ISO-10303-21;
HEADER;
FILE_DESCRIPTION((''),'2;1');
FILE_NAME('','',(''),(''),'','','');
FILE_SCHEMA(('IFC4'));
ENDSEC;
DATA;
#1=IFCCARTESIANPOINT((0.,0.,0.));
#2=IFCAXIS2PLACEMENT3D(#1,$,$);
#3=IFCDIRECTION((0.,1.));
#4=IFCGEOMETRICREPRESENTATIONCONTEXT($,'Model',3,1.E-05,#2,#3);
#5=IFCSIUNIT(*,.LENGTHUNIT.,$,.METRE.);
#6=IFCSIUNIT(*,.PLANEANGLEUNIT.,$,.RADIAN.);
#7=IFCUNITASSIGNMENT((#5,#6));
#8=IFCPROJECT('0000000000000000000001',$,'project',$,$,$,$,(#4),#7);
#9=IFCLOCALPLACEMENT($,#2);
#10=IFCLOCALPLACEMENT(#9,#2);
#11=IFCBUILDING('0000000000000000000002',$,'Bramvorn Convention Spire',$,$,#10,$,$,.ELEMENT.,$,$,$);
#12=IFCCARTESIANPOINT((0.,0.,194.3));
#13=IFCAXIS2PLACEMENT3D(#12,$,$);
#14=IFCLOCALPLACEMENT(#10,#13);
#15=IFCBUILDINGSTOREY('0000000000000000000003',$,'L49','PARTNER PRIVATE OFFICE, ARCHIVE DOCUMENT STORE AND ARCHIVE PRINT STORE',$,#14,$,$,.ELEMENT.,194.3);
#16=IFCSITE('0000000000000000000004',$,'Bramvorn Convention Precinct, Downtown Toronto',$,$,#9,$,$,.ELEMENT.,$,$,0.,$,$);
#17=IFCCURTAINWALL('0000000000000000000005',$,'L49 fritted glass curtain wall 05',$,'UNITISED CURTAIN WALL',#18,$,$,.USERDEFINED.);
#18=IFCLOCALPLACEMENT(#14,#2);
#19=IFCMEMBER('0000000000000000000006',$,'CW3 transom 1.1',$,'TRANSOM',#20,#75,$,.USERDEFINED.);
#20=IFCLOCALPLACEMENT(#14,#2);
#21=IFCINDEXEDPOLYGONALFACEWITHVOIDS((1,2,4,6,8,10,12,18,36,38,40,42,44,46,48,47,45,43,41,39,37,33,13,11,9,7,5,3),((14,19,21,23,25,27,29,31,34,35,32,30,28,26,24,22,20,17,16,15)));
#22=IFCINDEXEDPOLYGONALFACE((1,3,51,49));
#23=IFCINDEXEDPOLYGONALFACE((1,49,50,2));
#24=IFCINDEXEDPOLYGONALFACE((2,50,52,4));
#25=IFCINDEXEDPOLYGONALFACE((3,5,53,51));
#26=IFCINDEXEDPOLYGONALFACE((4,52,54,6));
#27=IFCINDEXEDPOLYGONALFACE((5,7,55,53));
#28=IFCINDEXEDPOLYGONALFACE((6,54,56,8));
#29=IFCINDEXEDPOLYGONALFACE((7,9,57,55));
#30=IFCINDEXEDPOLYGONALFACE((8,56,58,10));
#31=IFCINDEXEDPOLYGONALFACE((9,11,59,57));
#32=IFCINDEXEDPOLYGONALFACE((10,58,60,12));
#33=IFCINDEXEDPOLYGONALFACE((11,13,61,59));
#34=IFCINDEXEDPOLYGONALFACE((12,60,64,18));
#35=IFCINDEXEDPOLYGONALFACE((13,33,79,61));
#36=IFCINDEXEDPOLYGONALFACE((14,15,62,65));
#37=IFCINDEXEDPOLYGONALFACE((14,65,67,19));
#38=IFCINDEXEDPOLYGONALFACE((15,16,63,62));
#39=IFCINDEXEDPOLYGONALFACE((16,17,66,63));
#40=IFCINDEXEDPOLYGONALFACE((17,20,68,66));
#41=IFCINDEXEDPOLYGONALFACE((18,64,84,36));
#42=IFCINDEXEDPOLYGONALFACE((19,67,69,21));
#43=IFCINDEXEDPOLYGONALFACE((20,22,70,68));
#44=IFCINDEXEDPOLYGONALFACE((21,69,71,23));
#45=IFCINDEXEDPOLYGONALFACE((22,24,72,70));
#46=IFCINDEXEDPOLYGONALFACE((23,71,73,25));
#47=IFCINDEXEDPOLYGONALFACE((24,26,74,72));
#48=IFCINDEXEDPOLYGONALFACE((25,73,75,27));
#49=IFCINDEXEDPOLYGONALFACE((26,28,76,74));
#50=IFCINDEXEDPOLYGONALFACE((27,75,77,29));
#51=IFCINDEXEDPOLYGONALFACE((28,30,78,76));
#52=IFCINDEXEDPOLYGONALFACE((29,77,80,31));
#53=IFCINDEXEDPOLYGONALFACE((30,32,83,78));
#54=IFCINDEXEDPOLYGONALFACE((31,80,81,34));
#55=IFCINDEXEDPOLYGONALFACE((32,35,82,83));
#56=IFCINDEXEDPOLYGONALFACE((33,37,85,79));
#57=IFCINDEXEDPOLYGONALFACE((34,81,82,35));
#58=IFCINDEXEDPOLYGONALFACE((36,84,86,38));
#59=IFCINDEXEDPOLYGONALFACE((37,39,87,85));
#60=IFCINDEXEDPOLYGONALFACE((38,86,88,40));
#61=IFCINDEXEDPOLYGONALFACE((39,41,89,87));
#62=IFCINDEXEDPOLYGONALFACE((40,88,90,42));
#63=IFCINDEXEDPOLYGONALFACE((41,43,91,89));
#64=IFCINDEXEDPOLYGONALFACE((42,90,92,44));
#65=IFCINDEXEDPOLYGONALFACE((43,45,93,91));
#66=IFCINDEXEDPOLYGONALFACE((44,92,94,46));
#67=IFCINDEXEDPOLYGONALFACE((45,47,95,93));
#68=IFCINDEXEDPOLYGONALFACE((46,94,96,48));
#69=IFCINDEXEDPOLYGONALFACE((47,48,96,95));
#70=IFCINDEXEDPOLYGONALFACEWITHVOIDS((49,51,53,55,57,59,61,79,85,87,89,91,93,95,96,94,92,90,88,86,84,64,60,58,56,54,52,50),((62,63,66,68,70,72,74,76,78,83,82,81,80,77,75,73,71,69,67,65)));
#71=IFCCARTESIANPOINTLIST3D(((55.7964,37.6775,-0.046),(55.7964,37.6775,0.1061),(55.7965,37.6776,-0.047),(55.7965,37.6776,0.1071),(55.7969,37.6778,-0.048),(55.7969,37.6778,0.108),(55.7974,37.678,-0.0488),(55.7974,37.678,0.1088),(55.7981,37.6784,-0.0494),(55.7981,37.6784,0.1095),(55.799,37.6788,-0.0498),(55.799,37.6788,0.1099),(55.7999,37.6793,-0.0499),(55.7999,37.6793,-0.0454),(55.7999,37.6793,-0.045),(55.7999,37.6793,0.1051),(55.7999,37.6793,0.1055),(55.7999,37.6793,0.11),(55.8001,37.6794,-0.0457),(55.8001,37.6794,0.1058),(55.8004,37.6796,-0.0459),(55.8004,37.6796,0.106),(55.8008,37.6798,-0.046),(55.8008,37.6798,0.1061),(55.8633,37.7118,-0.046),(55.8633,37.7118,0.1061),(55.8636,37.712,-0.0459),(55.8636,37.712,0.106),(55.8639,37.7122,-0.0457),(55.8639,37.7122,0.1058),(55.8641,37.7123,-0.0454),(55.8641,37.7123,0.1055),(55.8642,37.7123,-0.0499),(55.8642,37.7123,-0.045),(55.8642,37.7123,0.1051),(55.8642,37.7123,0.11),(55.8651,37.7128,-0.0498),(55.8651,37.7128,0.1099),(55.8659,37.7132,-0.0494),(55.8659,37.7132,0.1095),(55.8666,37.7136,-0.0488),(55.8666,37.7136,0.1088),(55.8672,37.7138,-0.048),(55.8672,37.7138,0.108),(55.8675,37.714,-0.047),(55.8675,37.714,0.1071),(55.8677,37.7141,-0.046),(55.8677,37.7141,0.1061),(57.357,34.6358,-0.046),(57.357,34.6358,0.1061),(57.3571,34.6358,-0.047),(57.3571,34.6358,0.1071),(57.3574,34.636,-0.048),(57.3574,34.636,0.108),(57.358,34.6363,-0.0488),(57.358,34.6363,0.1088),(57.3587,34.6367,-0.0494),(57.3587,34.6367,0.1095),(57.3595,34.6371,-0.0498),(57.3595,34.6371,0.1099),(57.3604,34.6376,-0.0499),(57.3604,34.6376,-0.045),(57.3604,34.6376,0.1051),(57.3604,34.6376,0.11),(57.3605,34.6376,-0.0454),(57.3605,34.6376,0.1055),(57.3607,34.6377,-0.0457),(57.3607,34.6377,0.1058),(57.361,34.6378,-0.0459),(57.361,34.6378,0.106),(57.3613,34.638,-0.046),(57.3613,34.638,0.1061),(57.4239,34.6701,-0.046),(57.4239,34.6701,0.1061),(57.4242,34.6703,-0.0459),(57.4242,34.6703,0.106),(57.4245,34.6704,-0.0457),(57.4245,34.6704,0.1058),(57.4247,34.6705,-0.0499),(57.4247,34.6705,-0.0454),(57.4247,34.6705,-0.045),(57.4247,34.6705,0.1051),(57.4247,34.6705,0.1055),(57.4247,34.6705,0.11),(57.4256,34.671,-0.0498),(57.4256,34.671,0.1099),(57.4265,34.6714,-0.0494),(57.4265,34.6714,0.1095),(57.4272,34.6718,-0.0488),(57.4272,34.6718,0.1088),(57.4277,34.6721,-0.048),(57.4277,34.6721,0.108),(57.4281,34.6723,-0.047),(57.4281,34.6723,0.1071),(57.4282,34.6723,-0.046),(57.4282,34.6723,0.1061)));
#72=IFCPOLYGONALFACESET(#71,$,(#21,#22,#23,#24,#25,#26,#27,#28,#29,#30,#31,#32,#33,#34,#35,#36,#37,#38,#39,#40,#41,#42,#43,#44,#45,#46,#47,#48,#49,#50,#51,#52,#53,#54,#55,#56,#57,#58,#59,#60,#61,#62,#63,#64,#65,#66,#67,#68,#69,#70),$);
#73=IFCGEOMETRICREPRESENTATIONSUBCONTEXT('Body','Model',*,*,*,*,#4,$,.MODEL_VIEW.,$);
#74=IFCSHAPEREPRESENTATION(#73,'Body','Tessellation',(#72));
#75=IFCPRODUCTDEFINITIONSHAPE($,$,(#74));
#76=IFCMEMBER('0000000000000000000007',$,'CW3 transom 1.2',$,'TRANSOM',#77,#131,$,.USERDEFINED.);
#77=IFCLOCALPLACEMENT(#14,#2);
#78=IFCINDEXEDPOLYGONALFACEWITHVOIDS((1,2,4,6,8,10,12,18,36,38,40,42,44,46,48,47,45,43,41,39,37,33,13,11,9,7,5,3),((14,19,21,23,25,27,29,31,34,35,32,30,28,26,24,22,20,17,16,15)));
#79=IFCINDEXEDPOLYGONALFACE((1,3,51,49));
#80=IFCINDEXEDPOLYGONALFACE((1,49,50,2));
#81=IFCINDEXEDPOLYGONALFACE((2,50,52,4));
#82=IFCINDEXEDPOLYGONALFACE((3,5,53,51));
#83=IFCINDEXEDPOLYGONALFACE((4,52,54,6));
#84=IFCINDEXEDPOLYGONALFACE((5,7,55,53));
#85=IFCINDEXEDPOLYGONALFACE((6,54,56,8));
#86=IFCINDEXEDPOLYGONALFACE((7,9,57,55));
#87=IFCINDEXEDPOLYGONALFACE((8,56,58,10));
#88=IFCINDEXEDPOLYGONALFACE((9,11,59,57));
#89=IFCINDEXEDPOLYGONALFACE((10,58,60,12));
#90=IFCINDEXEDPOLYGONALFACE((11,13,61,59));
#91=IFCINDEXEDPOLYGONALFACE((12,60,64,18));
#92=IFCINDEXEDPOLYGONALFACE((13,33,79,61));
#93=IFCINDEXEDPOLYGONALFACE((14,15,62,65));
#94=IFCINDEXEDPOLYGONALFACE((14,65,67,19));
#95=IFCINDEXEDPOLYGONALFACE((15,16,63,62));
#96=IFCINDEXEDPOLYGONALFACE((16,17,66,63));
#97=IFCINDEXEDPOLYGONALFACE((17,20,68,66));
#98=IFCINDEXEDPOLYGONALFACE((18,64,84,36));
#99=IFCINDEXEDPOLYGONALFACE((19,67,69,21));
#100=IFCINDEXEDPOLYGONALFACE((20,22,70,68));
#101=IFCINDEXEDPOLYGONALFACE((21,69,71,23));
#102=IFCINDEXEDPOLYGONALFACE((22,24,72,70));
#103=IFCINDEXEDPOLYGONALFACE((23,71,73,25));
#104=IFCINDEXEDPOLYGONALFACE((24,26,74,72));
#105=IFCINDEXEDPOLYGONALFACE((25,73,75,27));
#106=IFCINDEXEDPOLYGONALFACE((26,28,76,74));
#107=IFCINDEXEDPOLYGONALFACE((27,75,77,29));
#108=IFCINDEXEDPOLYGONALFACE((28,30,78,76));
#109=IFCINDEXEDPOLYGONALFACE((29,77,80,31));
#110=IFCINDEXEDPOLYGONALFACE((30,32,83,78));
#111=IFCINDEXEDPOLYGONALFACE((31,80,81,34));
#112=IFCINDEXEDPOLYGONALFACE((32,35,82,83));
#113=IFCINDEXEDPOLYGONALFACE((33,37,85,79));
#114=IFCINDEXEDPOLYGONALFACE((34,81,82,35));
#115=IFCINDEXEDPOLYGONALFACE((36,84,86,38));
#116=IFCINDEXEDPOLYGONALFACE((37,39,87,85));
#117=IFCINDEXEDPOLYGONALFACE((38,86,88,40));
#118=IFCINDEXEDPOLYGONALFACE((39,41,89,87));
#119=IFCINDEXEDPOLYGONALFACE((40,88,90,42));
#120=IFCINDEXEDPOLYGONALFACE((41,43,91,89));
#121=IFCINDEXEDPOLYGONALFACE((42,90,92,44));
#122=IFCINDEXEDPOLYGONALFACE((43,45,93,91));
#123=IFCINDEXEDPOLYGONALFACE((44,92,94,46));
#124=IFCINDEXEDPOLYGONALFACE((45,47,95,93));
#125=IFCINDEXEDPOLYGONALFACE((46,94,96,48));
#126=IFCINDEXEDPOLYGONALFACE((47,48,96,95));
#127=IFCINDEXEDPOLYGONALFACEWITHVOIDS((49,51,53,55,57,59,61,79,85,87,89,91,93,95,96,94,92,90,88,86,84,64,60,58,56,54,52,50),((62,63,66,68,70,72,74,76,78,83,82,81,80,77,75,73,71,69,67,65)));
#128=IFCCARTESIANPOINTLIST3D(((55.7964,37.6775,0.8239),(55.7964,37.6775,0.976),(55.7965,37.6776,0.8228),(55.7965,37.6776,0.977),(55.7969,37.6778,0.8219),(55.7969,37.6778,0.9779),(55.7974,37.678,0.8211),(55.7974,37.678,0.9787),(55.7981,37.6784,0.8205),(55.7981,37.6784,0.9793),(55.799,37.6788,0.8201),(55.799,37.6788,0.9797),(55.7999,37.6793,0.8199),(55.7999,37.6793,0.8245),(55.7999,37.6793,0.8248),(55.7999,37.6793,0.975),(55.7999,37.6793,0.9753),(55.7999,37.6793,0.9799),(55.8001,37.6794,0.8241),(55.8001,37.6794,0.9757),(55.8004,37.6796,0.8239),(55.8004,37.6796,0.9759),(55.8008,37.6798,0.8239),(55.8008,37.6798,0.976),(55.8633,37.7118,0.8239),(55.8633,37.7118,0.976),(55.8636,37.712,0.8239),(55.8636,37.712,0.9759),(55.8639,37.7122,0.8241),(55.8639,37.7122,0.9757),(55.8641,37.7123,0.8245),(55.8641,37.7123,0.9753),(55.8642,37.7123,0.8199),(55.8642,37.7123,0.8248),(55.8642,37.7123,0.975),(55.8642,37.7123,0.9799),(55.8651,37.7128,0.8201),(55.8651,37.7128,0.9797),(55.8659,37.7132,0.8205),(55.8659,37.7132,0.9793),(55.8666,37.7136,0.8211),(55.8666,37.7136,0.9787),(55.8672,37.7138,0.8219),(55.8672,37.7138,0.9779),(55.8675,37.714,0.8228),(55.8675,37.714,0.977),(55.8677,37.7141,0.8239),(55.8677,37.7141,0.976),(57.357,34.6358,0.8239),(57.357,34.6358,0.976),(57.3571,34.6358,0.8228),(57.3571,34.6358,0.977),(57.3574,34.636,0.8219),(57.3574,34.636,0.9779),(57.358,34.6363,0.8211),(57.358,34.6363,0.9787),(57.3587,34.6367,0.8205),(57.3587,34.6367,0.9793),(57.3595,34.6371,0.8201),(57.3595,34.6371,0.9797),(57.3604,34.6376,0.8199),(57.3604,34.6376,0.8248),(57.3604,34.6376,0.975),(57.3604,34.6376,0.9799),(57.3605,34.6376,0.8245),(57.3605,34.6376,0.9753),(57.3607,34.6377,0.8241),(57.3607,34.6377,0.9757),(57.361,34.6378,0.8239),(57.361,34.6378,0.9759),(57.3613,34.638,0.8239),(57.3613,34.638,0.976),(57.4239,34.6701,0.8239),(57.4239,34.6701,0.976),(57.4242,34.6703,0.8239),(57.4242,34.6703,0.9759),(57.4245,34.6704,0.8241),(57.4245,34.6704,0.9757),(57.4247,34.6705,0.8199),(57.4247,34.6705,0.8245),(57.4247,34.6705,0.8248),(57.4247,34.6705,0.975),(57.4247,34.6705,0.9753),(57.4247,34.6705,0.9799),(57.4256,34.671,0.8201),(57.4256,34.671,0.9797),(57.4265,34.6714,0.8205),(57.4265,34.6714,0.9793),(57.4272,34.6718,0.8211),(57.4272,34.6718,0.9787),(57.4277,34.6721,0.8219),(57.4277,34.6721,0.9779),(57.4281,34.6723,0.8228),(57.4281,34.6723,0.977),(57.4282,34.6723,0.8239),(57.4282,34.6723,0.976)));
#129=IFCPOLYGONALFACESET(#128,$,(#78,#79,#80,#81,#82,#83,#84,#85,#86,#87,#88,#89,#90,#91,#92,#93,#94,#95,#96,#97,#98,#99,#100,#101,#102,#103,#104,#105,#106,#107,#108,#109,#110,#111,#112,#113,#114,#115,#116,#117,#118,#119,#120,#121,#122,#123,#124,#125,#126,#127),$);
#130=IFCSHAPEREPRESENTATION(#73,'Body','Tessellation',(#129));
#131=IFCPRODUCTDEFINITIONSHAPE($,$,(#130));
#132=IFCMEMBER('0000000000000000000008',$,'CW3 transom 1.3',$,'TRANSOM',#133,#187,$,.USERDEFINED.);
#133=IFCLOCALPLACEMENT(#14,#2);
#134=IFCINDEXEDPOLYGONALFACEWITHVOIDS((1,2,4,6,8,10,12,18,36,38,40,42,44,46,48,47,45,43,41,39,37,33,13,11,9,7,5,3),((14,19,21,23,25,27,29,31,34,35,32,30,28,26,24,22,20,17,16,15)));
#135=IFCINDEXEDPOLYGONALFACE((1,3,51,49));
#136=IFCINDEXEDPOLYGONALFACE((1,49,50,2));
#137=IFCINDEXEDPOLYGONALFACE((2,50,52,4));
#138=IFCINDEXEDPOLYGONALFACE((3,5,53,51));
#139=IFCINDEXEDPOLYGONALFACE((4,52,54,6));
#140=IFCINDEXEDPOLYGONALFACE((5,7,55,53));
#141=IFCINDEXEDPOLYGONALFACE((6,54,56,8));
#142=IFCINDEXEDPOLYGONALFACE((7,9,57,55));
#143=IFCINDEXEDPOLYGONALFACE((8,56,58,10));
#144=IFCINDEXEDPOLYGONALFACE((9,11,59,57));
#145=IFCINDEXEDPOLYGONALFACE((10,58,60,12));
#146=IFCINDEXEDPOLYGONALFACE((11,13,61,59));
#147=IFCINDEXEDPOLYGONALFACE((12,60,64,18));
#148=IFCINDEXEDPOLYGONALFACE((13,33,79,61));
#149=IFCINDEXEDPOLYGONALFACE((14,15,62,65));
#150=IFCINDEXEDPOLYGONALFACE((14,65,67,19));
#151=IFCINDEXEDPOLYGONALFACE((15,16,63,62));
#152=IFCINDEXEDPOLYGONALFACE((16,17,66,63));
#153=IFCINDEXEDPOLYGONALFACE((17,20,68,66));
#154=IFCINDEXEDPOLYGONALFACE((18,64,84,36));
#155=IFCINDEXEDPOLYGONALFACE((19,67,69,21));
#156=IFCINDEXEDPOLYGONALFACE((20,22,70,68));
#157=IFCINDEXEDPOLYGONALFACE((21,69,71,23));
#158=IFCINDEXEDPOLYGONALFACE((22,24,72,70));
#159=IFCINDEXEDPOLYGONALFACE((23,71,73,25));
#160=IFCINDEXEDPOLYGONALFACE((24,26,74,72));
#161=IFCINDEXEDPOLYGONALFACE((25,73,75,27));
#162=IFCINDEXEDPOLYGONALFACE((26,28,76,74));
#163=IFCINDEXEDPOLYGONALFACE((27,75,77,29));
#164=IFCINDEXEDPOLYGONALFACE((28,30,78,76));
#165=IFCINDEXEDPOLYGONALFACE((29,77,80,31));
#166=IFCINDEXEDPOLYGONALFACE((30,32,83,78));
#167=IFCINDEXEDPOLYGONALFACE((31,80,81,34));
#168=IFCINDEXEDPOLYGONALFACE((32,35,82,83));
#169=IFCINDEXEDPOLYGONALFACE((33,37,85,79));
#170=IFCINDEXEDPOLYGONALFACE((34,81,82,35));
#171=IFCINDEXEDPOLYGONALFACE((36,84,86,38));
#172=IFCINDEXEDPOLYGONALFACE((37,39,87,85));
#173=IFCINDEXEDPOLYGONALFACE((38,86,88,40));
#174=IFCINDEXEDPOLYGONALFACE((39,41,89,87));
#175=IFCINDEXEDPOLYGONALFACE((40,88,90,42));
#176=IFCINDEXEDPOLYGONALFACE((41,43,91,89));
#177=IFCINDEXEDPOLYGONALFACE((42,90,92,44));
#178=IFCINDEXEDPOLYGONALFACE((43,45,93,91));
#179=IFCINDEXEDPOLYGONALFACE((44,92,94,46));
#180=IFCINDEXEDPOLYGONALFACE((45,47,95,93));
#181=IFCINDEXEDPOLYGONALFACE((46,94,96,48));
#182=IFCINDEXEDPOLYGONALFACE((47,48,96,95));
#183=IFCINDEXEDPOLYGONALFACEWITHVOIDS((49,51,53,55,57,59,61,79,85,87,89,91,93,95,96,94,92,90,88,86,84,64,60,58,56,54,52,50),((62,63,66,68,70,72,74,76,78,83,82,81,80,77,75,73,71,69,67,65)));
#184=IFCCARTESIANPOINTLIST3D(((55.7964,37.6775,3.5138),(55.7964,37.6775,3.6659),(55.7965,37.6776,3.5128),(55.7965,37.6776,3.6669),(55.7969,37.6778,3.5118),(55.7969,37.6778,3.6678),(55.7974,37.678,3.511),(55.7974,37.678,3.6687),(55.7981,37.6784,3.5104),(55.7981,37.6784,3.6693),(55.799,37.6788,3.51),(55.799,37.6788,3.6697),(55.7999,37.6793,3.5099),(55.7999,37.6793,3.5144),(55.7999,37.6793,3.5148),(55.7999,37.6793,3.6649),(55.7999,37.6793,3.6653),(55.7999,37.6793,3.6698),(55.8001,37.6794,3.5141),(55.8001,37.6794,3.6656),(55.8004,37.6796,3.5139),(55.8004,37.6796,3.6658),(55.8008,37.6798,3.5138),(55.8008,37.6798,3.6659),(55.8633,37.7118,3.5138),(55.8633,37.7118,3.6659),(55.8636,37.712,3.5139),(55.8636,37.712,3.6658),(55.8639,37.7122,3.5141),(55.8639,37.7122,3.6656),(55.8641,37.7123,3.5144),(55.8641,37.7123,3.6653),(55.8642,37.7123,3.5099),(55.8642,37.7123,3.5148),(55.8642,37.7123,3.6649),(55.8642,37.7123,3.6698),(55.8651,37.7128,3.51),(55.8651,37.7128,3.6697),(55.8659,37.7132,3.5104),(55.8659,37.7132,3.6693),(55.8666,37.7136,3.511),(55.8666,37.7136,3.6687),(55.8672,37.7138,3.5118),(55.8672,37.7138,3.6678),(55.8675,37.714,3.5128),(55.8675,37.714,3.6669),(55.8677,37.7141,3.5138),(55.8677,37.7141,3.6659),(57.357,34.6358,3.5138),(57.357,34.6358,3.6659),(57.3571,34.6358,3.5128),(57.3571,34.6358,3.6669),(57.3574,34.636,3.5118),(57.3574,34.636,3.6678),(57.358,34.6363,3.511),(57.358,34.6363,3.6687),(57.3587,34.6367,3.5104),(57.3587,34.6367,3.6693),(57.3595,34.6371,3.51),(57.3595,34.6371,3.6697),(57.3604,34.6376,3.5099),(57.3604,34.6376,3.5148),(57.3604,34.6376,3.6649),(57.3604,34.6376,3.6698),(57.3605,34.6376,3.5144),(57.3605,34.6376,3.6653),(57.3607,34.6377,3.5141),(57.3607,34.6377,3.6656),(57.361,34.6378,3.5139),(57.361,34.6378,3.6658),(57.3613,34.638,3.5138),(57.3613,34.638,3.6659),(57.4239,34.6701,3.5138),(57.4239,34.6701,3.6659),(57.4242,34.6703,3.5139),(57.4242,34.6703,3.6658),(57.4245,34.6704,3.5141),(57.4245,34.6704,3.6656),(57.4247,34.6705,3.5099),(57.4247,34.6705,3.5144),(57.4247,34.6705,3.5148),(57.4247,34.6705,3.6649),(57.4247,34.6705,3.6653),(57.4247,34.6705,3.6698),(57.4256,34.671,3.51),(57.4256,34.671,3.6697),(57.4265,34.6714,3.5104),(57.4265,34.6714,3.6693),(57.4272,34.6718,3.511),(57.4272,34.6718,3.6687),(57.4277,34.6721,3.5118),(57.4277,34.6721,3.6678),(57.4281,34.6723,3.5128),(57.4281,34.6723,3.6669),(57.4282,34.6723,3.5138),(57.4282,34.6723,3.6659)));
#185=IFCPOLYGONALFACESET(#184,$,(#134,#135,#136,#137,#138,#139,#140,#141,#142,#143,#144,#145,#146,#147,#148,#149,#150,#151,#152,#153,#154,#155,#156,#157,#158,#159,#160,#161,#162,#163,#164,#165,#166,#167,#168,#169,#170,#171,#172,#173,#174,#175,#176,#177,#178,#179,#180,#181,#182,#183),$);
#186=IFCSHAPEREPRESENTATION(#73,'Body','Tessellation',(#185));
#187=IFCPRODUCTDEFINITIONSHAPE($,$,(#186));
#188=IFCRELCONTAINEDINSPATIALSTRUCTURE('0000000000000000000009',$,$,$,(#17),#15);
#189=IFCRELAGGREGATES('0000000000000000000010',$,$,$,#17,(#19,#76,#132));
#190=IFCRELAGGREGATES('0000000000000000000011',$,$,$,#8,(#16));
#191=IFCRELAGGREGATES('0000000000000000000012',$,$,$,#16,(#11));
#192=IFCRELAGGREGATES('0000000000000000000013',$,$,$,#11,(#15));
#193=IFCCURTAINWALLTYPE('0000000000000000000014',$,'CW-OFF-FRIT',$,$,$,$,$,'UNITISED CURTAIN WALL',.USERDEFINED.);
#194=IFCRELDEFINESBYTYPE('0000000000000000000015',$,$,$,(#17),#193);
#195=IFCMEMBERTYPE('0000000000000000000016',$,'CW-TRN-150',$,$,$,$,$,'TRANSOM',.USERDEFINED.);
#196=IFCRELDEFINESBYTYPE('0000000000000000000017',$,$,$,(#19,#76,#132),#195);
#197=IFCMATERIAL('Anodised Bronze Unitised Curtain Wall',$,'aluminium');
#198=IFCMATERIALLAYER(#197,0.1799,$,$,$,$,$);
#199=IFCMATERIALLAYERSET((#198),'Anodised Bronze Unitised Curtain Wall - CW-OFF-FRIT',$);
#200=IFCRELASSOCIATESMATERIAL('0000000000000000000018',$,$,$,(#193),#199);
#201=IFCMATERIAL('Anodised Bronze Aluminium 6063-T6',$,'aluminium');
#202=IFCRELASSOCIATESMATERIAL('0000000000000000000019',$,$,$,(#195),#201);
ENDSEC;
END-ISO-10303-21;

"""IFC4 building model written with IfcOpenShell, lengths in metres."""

from ifc_helpers import new_model, si_unit, direction, frame, origin, origin_2d, place, context, subcontext, project, spatial, hollow_rectangle, extrude, material, layer, layer_set, material_profile, profile_set, type_object, element, aggregate, save


model = new_model("IFC4")

# Units and contexts
model_context = context("Model", 3, precision=1e-05, world=origin(), true_north=direction((0.0, 1.0)))
body_context = subcontext(model_context, "Body", "Model", "MODEL_VIEW")
ifc_project = project(units=[si_unit("LENGTHUNIT", "METRE"), si_unit("PLANEANGLEUNIT", "RADIAN")], contexts=[model_context])

# Site, building, storey
site_placement = place(None, origin())
site = spatial("IfcSite", under=ifc_project, at=site_placement, Name="Bramvorn Convention Precinct, Downtown Toronto", CompositionType="ELEMENT", RefElevation=0.0)
building_placement = place(site_placement, origin())
building = spatial("IfcBuilding", under=site, at=building_placement, Name="Bramvorn Convention Spire", CompositionType="ELEMENT")
storey_placement = place(building_placement, frame((0.0, 0.0, 194.3)))
storey = spatial("IfcBuildingStorey", under=building, at=storey_placement, Name="L49", Description="PARTNER PRIVATE OFFICE, ARCHIVE DOCUMENT STORE AND ARCHIVE PRINT STORE", CompositionType="ELEMENT", Elevation=194.3)

# Curtain wall
ifc_material_1 = material(Name="Anodised Bronze Unitised Curtain Wall", Category="aluminium")
ifc_layer_1 = layer(ifc_material_1, 0.1799)
ifc_layer_set_1 = layer_set([ifc_layer_1], Name="Anodised Bronze Unitised Curtain Wall - CW-OFF-FRIT")
curtain_wall_type = type_object("IfcCurtainWallType", Name="CW-OFF-FRIT", ElementType="UNITISED CURTAIN WALL", PredefinedType="USERDEFINED", material=ifc_layer_set_1)
ifc_material_2 = material(Name="Anodised Bronze Aluminium 6063-T6", Category="aluminium")
curtain_wall_1_placement = place(storey_placement, origin())
curtain_wall_1 = element("IfcCurtainWall", 1, at=curtain_wall_1_placement, inside=storey, type_object=curtain_wall_type, Name="L49 fritted glass curtain wall 05", ObjectType="UNITISED CURTAIN WALL", PredefinedType="USERDEFINED")

# Members
ifc_material_profile_1 = material_profile(ifc_material_2, hollow_rectangle(XDim=0.0801, YDim=0.1599, WallThickness=0.0039, InnerFilletRadius=0.001, OuterFilletRadius=0.0039, at=origin_2d()))
ifc_profile_set_1 = profile_set([ifc_material_profile_1], Name="Anodised Bronze Aluminium 6063-T6 - CWT80X160")
member_type_1 = type_object("IfcMemberType", Name="CW-TRN-150", ElementType="TRANSOM", PredefinedType="USERDEFINED", material=ifc_profile_set_1)
member_1_placement = place(storey_placement, frame((55.832, 37.6958, 0.03), z_axis=(0.456473, -0.889737, 0.0), x_axis=(0.889737, 0.456473, 0.0)))
member_1 = element("IfcMember", 2, at=member_1_placement, type_object=member_type_1, Name="CW3 transom 1.1", ObjectType="TRANSOM", PredefinedType="USERDEFINED", context=body_context, shape_type="SweptSolid", body=[
    extrude(hollow_rectangle(XDim=0.0801, YDim=0.1599, WallThickness=0.0039, InnerFilletRadius=0.001, OuterFilletRadius=0.0039, at=origin_2d()), origin(), (0.0, 0.0, 1.0), 3.4187),
])
member_2_placement = place(storey_placement, frame((55.832, 37.6958, 0.8999), z_axis=(0.456473, -0.889737, 0.0), x_axis=(0.889737, 0.456473, 0.0)))
member_2 = element("IfcMember", 3, at=member_2_placement, type_object=member_type_1, Name="CW3 transom 1.2", ObjectType="TRANSOM", PredefinedType="USERDEFINED", context=body_context, shape_type="SweptSolid", body=[
    extrude(hollow_rectangle(XDim=0.0801, YDim=0.1599, WallThickness=0.0039, InnerFilletRadius=0.001, OuterFilletRadius=0.0039, at=origin_2d()), origin(), (0.0, 0.0, 1.0), 3.4187),
])
member_3_placement = place(storey_placement, frame((55.832, 37.6958, 3.5898), z_axis=(0.456473, -0.889737, 0.0), x_axis=(0.889737, 0.456473, 0.0)))
member_3 = element("IfcMember", 4, at=member_3_placement, type_object=member_type_1, Name="CW3 transom 1.3", ObjectType="TRANSOM", PredefinedType="USERDEFINED", context=body_context, shape_type="SweptSolid", body=[
    extrude(hollow_rectangle(XDim=0.0801, YDim=0.1599, WallThickness=0.0039, InnerFilletRadius=0.001, OuterFilletRadius=0.0039, at=origin_2d()), origin(), (0.0, 0.0, 1.0), 3.4187),
])

aggregate(curtain_wall_1, [member_1, member_2, member_3])

save(model, "model.ifc")
